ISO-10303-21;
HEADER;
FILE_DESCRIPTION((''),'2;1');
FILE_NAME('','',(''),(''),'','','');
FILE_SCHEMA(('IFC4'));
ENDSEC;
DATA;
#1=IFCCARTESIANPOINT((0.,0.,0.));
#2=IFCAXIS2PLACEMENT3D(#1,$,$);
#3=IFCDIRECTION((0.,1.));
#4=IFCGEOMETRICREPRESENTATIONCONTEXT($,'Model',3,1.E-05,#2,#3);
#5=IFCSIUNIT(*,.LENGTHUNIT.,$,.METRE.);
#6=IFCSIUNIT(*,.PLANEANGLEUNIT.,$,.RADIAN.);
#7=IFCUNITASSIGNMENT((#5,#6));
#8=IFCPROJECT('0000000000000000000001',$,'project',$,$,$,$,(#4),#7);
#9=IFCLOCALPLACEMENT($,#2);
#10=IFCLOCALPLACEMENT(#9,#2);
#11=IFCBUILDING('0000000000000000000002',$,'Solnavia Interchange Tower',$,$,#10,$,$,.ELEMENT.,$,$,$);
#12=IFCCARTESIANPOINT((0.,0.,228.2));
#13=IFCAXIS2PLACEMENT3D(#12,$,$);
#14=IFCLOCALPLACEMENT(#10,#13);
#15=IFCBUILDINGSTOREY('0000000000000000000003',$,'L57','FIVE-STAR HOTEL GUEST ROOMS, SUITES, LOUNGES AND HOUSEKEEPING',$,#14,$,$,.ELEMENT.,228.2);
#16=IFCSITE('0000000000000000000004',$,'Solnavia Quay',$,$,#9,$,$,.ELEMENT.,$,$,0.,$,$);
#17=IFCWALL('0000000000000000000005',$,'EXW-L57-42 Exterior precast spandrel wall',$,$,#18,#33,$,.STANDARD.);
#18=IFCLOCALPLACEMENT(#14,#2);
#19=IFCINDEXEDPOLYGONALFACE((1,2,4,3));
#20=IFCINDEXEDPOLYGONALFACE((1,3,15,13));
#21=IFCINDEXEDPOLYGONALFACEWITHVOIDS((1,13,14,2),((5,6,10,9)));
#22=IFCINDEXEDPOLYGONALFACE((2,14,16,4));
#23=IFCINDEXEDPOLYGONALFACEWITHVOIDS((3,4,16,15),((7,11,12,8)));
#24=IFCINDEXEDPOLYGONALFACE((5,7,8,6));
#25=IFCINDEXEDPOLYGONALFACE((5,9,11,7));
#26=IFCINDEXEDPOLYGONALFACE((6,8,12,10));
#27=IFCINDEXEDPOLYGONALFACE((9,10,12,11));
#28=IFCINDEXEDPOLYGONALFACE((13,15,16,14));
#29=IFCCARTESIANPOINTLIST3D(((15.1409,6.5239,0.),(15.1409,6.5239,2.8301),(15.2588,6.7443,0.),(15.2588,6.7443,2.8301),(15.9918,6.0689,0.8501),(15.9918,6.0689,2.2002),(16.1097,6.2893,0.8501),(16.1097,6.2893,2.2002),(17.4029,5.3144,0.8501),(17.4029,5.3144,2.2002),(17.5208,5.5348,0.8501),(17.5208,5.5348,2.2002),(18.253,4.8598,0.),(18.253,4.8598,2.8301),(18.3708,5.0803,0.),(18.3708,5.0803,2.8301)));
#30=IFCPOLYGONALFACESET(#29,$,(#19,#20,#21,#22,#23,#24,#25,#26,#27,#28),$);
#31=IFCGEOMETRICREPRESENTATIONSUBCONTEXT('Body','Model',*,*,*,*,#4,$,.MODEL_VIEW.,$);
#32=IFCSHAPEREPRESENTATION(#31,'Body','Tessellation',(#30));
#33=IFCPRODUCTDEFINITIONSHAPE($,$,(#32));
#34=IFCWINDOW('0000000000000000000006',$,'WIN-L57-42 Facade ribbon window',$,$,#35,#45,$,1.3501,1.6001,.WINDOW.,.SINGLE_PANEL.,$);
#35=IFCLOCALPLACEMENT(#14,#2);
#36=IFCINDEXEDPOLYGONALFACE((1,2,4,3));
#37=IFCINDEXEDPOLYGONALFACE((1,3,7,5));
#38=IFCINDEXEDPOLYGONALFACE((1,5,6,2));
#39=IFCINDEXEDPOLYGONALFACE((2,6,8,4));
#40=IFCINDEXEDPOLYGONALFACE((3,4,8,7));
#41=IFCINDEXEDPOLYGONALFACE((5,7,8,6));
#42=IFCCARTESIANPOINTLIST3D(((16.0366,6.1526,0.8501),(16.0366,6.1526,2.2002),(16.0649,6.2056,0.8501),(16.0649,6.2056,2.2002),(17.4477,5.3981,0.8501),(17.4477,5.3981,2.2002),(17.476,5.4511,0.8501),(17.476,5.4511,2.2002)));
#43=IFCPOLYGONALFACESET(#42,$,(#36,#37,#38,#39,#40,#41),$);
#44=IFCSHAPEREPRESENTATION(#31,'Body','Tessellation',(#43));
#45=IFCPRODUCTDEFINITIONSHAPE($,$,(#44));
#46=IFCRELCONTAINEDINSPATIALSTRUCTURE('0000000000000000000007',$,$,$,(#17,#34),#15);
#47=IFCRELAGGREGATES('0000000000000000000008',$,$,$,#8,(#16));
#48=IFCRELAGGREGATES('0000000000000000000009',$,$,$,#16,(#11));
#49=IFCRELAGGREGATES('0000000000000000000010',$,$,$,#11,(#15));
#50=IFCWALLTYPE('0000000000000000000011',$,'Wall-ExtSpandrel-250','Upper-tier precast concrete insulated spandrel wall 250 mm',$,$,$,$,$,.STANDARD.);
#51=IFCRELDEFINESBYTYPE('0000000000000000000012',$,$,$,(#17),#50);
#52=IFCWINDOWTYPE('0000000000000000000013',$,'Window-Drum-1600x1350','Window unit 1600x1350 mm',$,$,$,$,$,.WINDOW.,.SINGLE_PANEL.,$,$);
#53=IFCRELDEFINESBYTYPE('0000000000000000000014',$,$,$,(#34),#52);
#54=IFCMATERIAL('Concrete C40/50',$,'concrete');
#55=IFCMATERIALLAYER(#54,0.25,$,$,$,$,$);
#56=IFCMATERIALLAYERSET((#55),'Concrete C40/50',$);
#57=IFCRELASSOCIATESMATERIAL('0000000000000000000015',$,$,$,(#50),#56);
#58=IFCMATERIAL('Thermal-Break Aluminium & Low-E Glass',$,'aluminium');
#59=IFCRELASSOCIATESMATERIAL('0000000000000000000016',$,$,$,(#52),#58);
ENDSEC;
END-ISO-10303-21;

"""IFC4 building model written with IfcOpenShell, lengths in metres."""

from ifc_helpers import new_model, si_unit, direction, frame, frame_2d, origin, place, context, subcontext, project, spatial, rectangle, extrude, material, layer, layer_set, type_object, element, fill, save


model = new_model("IFC4")

# Units and contexts
model_context = context("Model", 3, precision=1e-05, world=origin(), true_north=direction((0.0, 1.0)))
body_context = subcontext(model_context, "Body", "Model", "MODEL_VIEW")
ifc_project = project(units=[si_unit("LENGTHUNIT", "METRE"), si_unit("PLANEANGLEUNIT", "RADIAN")], contexts=[model_context])

# Site, building, storey
site_placement = place(None, origin())
site = spatial("IfcSite", under=ifc_project, at=site_placement, Name="Solnavia Quay", CompositionType="ELEMENT", RefElevation=0.0)
building_placement = place(site_placement, origin())
building = spatial("IfcBuilding", under=site, at=building_placement, Name="Solnavia Interchange Tower", CompositionType="ELEMENT")
storey_placement = place(building_placement, frame((0.0, 0.0, 228.2)))
storey = spatial("IfcBuildingStorey", under=building, at=storey_placement, Name="L57", Description="FIVE-STAR HOTEL GUEST ROOMS, SUITES, LOUNGES AND HOUSEKEEPING", CompositionType="ELEMENT", Elevation=228.2)

# Wall, opening, window
ifc_material_1 = material(Name="Concrete C40/50", Category="concrete")
ifc_layer_1 = layer(ifc_material_1, 0.25)
ifc_layer_set_1 = layer_set([ifc_layer_1], Name="Concrete C40/50")
wall_type = type_object("IfcWallType", Name="Wall-ExtSpandrel-250", Description="Upper-tier precast concrete insulated spandrel wall 250 mm", PredefinedType="STANDARD", material=ifc_layer_set_1)
wall_placement = place(storey_placement, frame((18.312, 4.97, 0.0), z_axis=(0.0, 0.0, 1.0), x_axis=(-0.881847, 0.471536, 0.0)))
wall = element("IfcWall", 1, at=wall_placement, inside=storey, type_object=wall_type, Name="EXW-L57-42 Exterior precast spandrel wall", PredefinedType="STANDARD", context=body_context, shape_type="SweptSolid", body=[
    extrude(rectangle(XDim=3.5291, YDim=0.25, at=frame_2d((1.7646, 0.0))), origin(), (0.0, 0.0, 1.0), 2.8301),
])
opening_placement = place(wall_placement, frame((0.9641, 0.0, 0.8501)))
opening = element("IfcOpeningElement", 2, at=opening_placement, cuts=wall, PredefinedType="OPENING", context=body_context, shape_type="SweptSolid", body=[
    extrude(rectangle(XDim=1.6001, YDim=1.3501, at=frame_2d((0.8, 0.675))), frame((0.0, 0.135, 0.0), z_axis=(0.0, -1.0, 0.0), x_axis=(1.0, 0.0, 0.0)), (0.0, 0.0, 1.0), 0.27),
])
ifc_material_2 = material(Name="Thermal-Break Aluminium & Low-E Glass", Category="aluminium")
window_type = type_object("IfcWindowType", Name="Window-Drum-1600x1350", Description="Window unit 1600x1350 mm", PartitioningType="SINGLE_PANEL", PredefinedType="WINDOW", material=ifc_material_2)
window_placement = place(opening_placement, origin())
window = element("IfcWindow", 3, at=window_placement, inside=storey, type_object=window_type, Name="WIN-L57-42 Facade ribbon window", OverallHeight=1.3501, OverallWidth=1.6001, PartitioningType="SINGLE_PANEL", PredefinedType="WINDOW", context=body_context, shape_type="SweptSolid", body=[
    extrude(rectangle(XDim=1.6001, YDim=1.3501, at=frame_2d((0.8, 0.675))), frame((0.0, 0.03, 0.0), z_axis=(0.0, -1.0, 0.0), x_axis=(1.0, 0.0, 0.0)), (0.0, 0.0, 1.0), 0.0601),
])
fill(opening, window)

save(model, "model.ifc")
